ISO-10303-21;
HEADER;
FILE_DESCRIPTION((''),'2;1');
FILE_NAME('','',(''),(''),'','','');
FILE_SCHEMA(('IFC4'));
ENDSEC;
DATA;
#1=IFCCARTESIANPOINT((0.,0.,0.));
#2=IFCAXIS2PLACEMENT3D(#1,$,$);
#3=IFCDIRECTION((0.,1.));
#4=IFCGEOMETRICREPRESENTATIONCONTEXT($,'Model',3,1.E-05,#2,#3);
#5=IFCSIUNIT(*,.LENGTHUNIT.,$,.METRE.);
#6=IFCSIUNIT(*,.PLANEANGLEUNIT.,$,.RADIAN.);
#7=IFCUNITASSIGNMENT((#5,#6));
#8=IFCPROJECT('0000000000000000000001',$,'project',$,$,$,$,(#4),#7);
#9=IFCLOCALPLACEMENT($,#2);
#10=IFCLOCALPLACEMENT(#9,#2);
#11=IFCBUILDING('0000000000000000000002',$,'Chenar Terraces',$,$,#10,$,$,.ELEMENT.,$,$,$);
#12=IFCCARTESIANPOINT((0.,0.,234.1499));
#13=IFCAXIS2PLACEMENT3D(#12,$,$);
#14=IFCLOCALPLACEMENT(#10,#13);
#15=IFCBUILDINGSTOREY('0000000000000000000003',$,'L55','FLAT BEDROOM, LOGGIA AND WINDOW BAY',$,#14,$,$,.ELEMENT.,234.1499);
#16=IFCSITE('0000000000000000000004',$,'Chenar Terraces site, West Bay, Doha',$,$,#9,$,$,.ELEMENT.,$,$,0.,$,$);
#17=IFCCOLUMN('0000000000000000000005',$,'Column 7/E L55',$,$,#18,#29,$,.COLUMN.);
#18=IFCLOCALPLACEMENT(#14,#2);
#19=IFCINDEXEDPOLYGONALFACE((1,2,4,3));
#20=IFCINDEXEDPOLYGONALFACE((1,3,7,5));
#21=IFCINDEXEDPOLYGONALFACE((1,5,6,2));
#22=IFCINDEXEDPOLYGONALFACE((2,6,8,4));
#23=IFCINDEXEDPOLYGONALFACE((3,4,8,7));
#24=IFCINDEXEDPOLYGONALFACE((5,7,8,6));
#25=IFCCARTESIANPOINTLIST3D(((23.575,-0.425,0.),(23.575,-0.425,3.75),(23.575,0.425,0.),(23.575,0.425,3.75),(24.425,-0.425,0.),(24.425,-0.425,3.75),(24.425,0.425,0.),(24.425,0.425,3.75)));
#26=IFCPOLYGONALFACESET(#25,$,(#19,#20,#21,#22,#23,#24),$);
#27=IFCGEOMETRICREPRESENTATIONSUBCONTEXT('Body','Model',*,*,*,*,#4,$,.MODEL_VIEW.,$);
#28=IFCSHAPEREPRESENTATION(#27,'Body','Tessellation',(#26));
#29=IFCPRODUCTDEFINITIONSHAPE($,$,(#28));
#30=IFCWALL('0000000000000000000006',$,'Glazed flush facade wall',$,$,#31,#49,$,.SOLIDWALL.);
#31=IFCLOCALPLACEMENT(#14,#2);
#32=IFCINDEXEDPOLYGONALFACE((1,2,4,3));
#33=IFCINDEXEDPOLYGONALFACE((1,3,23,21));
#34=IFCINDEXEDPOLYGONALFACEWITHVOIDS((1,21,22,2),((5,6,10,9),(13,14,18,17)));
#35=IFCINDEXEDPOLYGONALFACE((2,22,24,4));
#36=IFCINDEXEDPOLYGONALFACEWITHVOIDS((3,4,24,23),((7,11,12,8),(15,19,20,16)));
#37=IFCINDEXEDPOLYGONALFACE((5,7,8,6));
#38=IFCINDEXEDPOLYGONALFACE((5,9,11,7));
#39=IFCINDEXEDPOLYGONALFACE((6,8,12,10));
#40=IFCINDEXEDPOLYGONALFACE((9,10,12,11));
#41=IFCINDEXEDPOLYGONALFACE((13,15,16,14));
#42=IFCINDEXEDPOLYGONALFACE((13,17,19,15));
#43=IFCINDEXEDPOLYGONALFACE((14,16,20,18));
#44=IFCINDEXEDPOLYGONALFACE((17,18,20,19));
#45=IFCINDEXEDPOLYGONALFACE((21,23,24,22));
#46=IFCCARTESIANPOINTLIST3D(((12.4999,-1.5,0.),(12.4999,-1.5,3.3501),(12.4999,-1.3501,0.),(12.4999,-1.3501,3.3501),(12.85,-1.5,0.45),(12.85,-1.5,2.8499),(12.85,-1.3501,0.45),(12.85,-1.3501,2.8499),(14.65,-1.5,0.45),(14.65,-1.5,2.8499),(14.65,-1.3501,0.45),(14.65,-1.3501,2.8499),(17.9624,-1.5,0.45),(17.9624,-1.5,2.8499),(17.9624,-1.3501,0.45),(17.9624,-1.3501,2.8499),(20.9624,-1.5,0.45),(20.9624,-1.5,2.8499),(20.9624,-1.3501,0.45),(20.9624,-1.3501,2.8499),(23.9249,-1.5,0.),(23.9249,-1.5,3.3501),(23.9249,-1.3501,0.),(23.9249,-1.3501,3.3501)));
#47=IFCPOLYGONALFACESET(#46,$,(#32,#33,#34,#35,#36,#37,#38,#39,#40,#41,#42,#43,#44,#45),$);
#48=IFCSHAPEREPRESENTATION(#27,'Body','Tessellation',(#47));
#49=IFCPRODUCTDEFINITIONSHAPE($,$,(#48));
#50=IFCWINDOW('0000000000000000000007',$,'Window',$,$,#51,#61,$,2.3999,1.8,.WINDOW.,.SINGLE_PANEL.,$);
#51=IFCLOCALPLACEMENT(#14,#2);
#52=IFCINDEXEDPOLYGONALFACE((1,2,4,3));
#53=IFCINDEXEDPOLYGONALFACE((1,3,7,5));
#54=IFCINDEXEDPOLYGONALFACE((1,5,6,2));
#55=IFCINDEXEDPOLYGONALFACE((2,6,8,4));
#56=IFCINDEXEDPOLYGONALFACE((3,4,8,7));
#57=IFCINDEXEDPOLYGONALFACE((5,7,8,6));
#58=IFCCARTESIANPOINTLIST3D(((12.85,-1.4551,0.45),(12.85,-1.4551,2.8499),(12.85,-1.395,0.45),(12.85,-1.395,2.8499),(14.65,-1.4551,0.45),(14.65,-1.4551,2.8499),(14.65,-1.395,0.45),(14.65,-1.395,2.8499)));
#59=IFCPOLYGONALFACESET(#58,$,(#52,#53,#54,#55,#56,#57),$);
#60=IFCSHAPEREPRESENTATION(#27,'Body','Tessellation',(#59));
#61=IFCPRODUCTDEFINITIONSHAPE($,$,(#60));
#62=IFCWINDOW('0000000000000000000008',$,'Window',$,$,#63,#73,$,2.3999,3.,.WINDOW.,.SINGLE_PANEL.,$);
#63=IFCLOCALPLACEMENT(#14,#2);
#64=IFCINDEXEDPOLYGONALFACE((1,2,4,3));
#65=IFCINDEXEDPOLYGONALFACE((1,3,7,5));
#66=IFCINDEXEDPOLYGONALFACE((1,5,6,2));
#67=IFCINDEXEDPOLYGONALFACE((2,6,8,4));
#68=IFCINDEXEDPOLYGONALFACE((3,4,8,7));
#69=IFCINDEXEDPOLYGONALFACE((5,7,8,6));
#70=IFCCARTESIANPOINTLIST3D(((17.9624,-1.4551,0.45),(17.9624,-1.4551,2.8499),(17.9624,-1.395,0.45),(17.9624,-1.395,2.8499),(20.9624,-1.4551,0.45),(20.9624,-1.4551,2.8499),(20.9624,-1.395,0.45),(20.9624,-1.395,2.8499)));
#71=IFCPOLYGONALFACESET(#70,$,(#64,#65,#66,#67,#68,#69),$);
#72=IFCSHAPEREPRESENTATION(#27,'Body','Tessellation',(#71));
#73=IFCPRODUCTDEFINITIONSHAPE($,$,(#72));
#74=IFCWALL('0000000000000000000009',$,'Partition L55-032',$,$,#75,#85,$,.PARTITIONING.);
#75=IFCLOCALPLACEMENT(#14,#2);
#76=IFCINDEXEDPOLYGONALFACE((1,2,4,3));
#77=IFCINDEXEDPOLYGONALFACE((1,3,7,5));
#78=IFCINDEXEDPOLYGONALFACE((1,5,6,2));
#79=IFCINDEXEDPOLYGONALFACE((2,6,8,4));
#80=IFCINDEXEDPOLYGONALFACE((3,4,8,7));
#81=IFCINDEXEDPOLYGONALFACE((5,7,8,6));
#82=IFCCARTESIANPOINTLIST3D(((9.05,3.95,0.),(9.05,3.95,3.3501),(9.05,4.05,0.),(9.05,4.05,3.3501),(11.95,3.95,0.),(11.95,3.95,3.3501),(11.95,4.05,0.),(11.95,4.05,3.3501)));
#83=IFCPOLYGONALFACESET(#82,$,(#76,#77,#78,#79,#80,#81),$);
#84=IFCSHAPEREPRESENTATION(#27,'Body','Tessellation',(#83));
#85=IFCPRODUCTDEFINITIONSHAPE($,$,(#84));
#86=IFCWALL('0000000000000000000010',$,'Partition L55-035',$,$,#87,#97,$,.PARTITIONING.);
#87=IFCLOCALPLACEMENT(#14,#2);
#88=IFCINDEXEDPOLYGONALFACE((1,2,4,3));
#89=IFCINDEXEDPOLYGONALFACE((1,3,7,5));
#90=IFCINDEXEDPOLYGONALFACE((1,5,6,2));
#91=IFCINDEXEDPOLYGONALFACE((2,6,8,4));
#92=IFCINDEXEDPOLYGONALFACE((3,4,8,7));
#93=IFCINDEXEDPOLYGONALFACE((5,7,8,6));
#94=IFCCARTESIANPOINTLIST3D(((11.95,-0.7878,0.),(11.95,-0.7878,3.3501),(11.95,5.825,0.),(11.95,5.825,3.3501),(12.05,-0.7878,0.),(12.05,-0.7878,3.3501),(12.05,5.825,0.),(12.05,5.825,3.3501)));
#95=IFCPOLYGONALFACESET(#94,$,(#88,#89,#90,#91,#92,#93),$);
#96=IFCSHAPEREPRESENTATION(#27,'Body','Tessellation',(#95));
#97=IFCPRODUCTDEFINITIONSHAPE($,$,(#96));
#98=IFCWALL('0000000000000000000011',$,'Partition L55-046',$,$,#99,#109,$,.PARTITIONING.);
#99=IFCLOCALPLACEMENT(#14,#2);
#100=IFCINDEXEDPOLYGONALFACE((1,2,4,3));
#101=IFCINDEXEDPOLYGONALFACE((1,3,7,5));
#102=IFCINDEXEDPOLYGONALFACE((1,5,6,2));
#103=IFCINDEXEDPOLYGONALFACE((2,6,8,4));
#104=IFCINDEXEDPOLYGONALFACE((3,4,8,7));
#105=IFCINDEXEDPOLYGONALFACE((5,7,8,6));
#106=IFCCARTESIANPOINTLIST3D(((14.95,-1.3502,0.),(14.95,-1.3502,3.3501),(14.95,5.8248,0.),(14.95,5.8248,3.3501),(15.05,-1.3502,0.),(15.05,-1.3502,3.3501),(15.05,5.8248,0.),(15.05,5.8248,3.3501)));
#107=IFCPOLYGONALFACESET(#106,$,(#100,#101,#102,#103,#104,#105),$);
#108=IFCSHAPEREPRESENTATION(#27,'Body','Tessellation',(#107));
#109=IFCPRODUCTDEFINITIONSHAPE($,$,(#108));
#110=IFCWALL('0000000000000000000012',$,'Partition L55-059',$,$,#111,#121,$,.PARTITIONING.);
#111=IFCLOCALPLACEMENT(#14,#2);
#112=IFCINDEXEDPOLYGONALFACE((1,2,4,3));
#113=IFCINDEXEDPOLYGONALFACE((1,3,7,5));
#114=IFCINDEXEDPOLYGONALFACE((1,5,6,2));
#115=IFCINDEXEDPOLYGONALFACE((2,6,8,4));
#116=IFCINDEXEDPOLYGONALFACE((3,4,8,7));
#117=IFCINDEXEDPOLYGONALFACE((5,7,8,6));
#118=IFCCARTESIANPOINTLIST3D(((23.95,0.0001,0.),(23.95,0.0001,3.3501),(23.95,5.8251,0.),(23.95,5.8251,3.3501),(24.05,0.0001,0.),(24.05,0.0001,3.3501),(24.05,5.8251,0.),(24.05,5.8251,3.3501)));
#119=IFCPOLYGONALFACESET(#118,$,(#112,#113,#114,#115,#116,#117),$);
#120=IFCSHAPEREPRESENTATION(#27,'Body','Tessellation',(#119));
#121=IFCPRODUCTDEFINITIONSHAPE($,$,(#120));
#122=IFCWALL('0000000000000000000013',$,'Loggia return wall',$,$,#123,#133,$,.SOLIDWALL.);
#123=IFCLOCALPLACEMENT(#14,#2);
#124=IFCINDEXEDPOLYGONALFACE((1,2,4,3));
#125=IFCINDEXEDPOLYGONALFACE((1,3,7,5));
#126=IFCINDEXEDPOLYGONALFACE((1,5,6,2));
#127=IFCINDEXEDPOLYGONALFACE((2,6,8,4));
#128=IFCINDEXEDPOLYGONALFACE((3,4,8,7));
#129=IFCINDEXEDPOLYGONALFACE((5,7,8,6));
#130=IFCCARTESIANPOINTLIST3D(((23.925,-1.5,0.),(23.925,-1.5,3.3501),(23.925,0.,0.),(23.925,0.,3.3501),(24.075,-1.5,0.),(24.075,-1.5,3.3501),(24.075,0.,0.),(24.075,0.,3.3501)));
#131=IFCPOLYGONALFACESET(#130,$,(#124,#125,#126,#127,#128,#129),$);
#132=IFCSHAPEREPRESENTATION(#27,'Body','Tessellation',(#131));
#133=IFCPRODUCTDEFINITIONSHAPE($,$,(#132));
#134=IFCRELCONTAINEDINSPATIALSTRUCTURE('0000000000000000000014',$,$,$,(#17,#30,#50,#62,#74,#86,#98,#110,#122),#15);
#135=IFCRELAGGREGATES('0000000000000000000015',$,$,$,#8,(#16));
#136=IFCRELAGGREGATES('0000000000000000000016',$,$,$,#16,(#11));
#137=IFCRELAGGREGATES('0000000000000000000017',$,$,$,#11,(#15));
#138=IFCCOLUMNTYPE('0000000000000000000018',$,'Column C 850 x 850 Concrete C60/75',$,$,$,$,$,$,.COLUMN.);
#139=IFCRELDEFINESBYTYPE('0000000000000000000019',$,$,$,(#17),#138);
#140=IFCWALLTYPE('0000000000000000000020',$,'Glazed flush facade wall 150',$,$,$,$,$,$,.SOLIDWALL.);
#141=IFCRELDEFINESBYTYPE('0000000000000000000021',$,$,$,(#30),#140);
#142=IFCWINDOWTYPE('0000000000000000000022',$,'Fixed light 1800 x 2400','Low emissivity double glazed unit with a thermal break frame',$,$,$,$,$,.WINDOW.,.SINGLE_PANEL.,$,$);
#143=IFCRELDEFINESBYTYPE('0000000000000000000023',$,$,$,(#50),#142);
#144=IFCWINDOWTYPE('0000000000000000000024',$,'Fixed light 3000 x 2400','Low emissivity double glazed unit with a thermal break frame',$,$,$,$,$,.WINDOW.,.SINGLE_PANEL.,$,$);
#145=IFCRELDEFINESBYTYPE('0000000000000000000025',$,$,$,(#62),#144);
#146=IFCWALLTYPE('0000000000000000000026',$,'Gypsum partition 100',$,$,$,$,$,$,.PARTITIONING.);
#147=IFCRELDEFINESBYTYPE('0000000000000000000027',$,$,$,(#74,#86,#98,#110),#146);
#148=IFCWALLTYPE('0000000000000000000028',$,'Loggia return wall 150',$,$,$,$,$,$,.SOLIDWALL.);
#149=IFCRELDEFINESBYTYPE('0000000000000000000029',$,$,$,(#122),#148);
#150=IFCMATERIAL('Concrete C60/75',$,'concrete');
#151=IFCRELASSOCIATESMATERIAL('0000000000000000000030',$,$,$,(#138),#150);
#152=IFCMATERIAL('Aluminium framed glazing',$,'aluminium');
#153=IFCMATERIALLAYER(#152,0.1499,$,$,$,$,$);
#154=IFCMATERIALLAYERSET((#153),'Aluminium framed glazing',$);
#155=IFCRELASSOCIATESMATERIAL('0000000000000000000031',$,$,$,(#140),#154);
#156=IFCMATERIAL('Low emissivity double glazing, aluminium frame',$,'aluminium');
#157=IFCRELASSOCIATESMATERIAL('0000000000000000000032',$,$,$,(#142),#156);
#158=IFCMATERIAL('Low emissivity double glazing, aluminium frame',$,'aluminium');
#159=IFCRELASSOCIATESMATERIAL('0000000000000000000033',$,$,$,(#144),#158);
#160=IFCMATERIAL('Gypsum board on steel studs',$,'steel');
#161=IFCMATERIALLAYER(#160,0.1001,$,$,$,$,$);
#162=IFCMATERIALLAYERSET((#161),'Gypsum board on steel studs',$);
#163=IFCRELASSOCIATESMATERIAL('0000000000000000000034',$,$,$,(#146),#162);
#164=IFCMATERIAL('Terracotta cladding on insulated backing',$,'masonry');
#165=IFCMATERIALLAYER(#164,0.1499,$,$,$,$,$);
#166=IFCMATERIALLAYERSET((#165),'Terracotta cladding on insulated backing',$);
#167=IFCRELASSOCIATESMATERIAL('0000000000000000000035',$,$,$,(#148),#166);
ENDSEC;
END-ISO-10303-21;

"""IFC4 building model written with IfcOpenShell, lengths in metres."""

from ifc_helpers import new_model, si_unit, direction, frame, frame_2d, origin, origin_2d, place, context, subcontext, project, spatial, rectangle, extrude, material, layer, layer_set, material_profile, profile_set, type_object, element, fill, save


model = new_model("IFC4")

# Units and contexts
model_context = context("Model", 3, precision=1e-05, world=origin(), true_north=direction((0.0, 1.0)))
body_context = subcontext(model_context, "Body", "Model", "MODEL_VIEW")
ifc_project = project(units=[si_unit("LENGTHUNIT", "METRE"), si_unit("PLANEANGLEUNIT", "RADIAN")], contexts=[model_context])

# Site, building, storey
site_placement = place(None, origin())
site = spatial("IfcSite", under=ifc_project, at=site_placement, Name="Chenar Terraces site, West Bay, Doha", CompositionType="ELEMENT", RefElevation=0.0)
building_placement = place(site_placement, origin())
building = spatial("IfcBuilding", under=site, at=building_placement, Name="Chenar Terraces", CompositionType="ELEMENT")
storey_placement = place(building_placement, frame((0.0, 0.0, 234.1499)))
storey = spatial("IfcBuildingStorey", under=building, at=storey_placement, Name="L55", Description="FLAT BEDROOM, LOGGIA AND WINDOW BAY", CompositionType="ELEMENT", Elevation=234.1499)

# Column
ifc_material_1 = material(Name="Concrete C60/75", Category="concrete")
ifc_material_profile_1 = material_profile(ifc_material_1, rectangle(XDim=0.8501, YDim=0.8501, at=origin_2d()), Name="C 850 x 850")
ifc_profile_set_1 = profile_set([ifc_material_profile_1], Name="Concrete C60/75")
column_type = type_object("IfcColumnType", Name="Column C 850 x 850 Concrete C60/75", PredefinedType="COLUMN", material=ifc_profile_set_1)
column_placement = place(storey_placement, frame((24.0, 0.0, 0.0), z_axis=(0.0, 0.0, 1.0), x_axis=(1.0, 0.0, 0.0)))
element("IfcColumn", 1, at=column_placement, inside=storey, type_object=column_type, Name="Column 7/E L55", PredefinedType="COLUMN", context=body_context, shape_type="SweptSolid", body=[
    extrude(rectangle(XDim=0.8501, YDim=0.8501, at=origin_2d()), origin(), (0.0, 0.0, 1.0), 3.75),
])

# Wall, openings, windows
ifc_material_2 = material(Name="Aluminium framed glazing", Category="aluminium")
ifc_layer_1 = layer(ifc_material_2, 0.1499)
ifc_layer_set_1 = layer_set([ifc_layer_1], Name="Aluminium framed glazing")
wall_type_1 = type_object("IfcWallType", Name="Glazed flush facade wall 150", PredefinedType="SOLIDWALL", material=ifc_layer_set_1)
wall_1_placement = place(storey_placement, frame((12.5, -1.425, 0.0), z_axis=(0.0, 0.0, 1.0), x_axis=(1.0, 0.0, 0.0)))
wall_1 = element("IfcWall", 2, at=wall_1_placement, inside=storey, type_object=wall_type_1, Name="Glazed flush facade wall", PredefinedType="SOLIDWALL", context=body_context, shape_type="SweptSolid", body=[
    extrude(rectangle(XDim=11.425, YDim=0.1499, at=frame_2d((5.7124, 0.0))), origin(), (0.0, 0.0, 1.0), 3.3501),
])
opening_1_placement = place(wall_1_placement, frame((0.3501, 0.0, 0.45)))
opening_1 = element("IfcOpeningElement", 3, at=opening_1_placement, cuts=wall_1, PredefinedType="OPENING", context=body_context, shape_type="SweptSolid", body=[
    extrude(rectangle(XDim=1.8, YDim=2.3999, at=frame_2d((0.8999, 1.2))), frame((0.0, 0.085, 0.0), z_axis=(0.0, -1.0, 0.0), x_axis=(1.0, 0.0, 0.0)), (0.0, 0.0, 1.0), 0.1699),
])
opening_2_placement = place(wall_1_placement, frame((5.4624, 0.0, 0.45)))
opening_2 = element("IfcOpeningElement", 4, at=opening_2_placement, cuts=wall_1, PredefinedType="OPENING", context=body_context, shape_type="SweptSolid", body=[
    extrude(rectangle(XDim=3.0, YDim=2.3999, at=frame_2d((1.5, 1.2))), frame((0.0, 0.085, 0.0), z_axis=(0.0, -1.0, 0.0), x_axis=(1.0, 0.0, 0.0)), (0.0, 0.0, 1.0), 0.1699),
])
ifc_material_3 = material(Name="Low emissivity double glazing, aluminium frame", Category="aluminium")
window_type_1 = type_object("IfcWindowType", Name="Fixed light 1800 x 2400", Description="Low emissivity double glazed unit with a thermal break frame", PartitioningType="SINGLE_PANEL", PredefinedType="WINDOW", material=ifc_material_3)
window_1_placement = place(opening_1_placement, origin())
window_1 = element("IfcWindow", 5, at=window_1_placement, inside=storey, type_object=window_type_1, Name="Window", OverallHeight=2.3999, OverallWidth=1.8, PartitioningType="SINGLE_PANEL", PredefinedType="WINDOW", context=body_context, shape_type="SweptSolid", body=[
    extrude(rectangle(XDim=1.8, YDim=2.3999, at=frame_2d((0.8999, 1.2))), frame((0.0, 0.03, 0.0), z_axis=(0.0, -1.0, 0.0), x_axis=(1.0, 0.0, 0.0)), (0.0, 0.0, 1.0), 0.0601),
])
fill(opening_1, window_1)
ifc_material_4 = material(Name="Low emissivity double glazing, aluminium frame", Category="aluminium")
window_type_2 = type_object("IfcWindowType", Name="Fixed light 3000 x 2400", Description="Low emissivity double glazed unit with a thermal break frame", PartitioningType="SINGLE_PANEL", PredefinedType="WINDOW", material=ifc_material_4)
window_2_placement = place(opening_2_placement, origin())
window_2 = element("IfcWindow", 6, at=window_2_placement, inside=storey, type_object=window_type_2, Name="Window", OverallHeight=2.3999, OverallWidth=3.0, PartitioningType="SINGLE_PANEL", PredefinedType="WINDOW", context=body_context, shape_type="SweptSolid", body=[
    extrude(rectangle(XDim=3.0, YDim=2.3999, at=frame_2d((1.5, 1.2))), frame((0.0, 0.03, 0.0), z_axis=(0.0, -1.0, 0.0), x_axis=(1.0, 0.0, 0.0)), (0.0, 0.0, 1.0), 0.0601),
])
fill(opening_2, window_2)

# Walls
ifc_material_5 = material(Name="Gypsum board on steel studs", Category="steel")
ifc_layer_2 = layer(ifc_material_5, 0.1001)
ifc_layer_set_2 = layer_set([ifc_layer_2], Name="Gypsum board on steel studs")
wall_type_2 = type_object("IfcWallType", Name="Gypsum partition 100", PredefinedType="PARTITIONING", material=ifc_layer_set_2)
wall_2_placement = place(storey_placement, frame((9.05, 4.0, 0.0), z_axis=(0.0, 0.0, 1.0), x_axis=(1.0, 0.0, 0.0)))
element("IfcWall", 7, at=wall_2_placement, inside=storey, type_object=wall_type_2, Name="Partition L55-032", PredefinedType="PARTITIONING", context=body_context, shape_type="SweptSolid", body=[
    extrude(rectangle(XDim=2.8999, YDim=0.1001, at=frame_2d((1.45, 0.0))), origin(), (0.0, 0.0, 1.0), 3.3501),
])
wall_3_placement = place(storey_placement, frame((12.0, -0.7878, 0.0), z_axis=(0.0, 0.0, 1.0), x_axis=(0.0, 1.0, 0.0)))
element("IfcWall", 8, at=wall_3_placement, inside=storey, type_object=wall_type_2, Name="Partition L55-035", PredefinedType="PARTITIONING", context=body_context, shape_type="SweptSolid", body=[
    extrude(rectangle(XDim=6.6128, YDim=0.1001, at=frame_2d((3.3064, 0.0))), origin(), (0.0, 0.0, 1.0), 3.3501),
])
wall_4_placement = place(storey_placement, frame((15.0, -1.3501, 0.0), z_axis=(0.0, 0.0, 1.0), x_axis=(0.0, 1.0, 0.0)))
element("IfcWall", 9, at=wall_4_placement, inside=storey, type_object=wall_type_2, Name="Partition L55-046", PredefinedType="PARTITIONING", context=body_context, shape_type="SweptSolid", body=[
    extrude(rectangle(XDim=7.175, YDim=0.1001, at=frame_2d((3.5874, 0.0))), origin(), (0.0, 0.0, 1.0), 3.3501),
])
wall_5_placement = place(storey_placement, frame((24.0, 0.0, 0.0), z_axis=(0.0, 0.0, 1.0), x_axis=(0.0, 1.0, 0.0)))
element("IfcWall", 10, at=wall_5_placement, inside=storey, type_object=wall_type_2, Name="Partition L55-059", PredefinedType="PARTITIONING", context=body_context, shape_type="SweptSolid", body=[
    extrude(rectangle(XDim=5.825, YDim=0.1001, at=frame_2d((2.9126, 0.0))), origin(), (0.0, 0.0, 1.0), 3.3501),
])
ifc_material_6 = material(Name="Terracotta cladding on insulated backing", Category="masonry")
ifc_layer_3 = layer(ifc_material_6, 0.1499)
ifc_layer_set_3 = layer_set([ifc_layer_3], Name="Terracotta cladding on insulated backing")
wall_type_3 = type_object("IfcWallType", Name="Loggia return wall 150", PredefinedType="SOLIDWALL", material=ifc_layer_set_3)
wall_6_placement = place(storey_placement, frame((24.0, -1.5, 0.0), z_axis=(0.0, 0.0, 1.0), x_axis=(0.0, 1.0, 0.0)))
element("IfcWall", 11, at=wall_6_placement, inside=storey, type_object=wall_type_3, Name="Loggia return wall", PredefinedType="SOLIDWALL", context=body_context, shape_type="SweptSolid", body=[
    extrude(rectangle(XDim=1.5, YDim=0.1499, at=frame_2d((0.75, 0.0))), origin(), (0.0, 0.0, 1.0), 3.3501),
])

save(model, "model.ifc")
